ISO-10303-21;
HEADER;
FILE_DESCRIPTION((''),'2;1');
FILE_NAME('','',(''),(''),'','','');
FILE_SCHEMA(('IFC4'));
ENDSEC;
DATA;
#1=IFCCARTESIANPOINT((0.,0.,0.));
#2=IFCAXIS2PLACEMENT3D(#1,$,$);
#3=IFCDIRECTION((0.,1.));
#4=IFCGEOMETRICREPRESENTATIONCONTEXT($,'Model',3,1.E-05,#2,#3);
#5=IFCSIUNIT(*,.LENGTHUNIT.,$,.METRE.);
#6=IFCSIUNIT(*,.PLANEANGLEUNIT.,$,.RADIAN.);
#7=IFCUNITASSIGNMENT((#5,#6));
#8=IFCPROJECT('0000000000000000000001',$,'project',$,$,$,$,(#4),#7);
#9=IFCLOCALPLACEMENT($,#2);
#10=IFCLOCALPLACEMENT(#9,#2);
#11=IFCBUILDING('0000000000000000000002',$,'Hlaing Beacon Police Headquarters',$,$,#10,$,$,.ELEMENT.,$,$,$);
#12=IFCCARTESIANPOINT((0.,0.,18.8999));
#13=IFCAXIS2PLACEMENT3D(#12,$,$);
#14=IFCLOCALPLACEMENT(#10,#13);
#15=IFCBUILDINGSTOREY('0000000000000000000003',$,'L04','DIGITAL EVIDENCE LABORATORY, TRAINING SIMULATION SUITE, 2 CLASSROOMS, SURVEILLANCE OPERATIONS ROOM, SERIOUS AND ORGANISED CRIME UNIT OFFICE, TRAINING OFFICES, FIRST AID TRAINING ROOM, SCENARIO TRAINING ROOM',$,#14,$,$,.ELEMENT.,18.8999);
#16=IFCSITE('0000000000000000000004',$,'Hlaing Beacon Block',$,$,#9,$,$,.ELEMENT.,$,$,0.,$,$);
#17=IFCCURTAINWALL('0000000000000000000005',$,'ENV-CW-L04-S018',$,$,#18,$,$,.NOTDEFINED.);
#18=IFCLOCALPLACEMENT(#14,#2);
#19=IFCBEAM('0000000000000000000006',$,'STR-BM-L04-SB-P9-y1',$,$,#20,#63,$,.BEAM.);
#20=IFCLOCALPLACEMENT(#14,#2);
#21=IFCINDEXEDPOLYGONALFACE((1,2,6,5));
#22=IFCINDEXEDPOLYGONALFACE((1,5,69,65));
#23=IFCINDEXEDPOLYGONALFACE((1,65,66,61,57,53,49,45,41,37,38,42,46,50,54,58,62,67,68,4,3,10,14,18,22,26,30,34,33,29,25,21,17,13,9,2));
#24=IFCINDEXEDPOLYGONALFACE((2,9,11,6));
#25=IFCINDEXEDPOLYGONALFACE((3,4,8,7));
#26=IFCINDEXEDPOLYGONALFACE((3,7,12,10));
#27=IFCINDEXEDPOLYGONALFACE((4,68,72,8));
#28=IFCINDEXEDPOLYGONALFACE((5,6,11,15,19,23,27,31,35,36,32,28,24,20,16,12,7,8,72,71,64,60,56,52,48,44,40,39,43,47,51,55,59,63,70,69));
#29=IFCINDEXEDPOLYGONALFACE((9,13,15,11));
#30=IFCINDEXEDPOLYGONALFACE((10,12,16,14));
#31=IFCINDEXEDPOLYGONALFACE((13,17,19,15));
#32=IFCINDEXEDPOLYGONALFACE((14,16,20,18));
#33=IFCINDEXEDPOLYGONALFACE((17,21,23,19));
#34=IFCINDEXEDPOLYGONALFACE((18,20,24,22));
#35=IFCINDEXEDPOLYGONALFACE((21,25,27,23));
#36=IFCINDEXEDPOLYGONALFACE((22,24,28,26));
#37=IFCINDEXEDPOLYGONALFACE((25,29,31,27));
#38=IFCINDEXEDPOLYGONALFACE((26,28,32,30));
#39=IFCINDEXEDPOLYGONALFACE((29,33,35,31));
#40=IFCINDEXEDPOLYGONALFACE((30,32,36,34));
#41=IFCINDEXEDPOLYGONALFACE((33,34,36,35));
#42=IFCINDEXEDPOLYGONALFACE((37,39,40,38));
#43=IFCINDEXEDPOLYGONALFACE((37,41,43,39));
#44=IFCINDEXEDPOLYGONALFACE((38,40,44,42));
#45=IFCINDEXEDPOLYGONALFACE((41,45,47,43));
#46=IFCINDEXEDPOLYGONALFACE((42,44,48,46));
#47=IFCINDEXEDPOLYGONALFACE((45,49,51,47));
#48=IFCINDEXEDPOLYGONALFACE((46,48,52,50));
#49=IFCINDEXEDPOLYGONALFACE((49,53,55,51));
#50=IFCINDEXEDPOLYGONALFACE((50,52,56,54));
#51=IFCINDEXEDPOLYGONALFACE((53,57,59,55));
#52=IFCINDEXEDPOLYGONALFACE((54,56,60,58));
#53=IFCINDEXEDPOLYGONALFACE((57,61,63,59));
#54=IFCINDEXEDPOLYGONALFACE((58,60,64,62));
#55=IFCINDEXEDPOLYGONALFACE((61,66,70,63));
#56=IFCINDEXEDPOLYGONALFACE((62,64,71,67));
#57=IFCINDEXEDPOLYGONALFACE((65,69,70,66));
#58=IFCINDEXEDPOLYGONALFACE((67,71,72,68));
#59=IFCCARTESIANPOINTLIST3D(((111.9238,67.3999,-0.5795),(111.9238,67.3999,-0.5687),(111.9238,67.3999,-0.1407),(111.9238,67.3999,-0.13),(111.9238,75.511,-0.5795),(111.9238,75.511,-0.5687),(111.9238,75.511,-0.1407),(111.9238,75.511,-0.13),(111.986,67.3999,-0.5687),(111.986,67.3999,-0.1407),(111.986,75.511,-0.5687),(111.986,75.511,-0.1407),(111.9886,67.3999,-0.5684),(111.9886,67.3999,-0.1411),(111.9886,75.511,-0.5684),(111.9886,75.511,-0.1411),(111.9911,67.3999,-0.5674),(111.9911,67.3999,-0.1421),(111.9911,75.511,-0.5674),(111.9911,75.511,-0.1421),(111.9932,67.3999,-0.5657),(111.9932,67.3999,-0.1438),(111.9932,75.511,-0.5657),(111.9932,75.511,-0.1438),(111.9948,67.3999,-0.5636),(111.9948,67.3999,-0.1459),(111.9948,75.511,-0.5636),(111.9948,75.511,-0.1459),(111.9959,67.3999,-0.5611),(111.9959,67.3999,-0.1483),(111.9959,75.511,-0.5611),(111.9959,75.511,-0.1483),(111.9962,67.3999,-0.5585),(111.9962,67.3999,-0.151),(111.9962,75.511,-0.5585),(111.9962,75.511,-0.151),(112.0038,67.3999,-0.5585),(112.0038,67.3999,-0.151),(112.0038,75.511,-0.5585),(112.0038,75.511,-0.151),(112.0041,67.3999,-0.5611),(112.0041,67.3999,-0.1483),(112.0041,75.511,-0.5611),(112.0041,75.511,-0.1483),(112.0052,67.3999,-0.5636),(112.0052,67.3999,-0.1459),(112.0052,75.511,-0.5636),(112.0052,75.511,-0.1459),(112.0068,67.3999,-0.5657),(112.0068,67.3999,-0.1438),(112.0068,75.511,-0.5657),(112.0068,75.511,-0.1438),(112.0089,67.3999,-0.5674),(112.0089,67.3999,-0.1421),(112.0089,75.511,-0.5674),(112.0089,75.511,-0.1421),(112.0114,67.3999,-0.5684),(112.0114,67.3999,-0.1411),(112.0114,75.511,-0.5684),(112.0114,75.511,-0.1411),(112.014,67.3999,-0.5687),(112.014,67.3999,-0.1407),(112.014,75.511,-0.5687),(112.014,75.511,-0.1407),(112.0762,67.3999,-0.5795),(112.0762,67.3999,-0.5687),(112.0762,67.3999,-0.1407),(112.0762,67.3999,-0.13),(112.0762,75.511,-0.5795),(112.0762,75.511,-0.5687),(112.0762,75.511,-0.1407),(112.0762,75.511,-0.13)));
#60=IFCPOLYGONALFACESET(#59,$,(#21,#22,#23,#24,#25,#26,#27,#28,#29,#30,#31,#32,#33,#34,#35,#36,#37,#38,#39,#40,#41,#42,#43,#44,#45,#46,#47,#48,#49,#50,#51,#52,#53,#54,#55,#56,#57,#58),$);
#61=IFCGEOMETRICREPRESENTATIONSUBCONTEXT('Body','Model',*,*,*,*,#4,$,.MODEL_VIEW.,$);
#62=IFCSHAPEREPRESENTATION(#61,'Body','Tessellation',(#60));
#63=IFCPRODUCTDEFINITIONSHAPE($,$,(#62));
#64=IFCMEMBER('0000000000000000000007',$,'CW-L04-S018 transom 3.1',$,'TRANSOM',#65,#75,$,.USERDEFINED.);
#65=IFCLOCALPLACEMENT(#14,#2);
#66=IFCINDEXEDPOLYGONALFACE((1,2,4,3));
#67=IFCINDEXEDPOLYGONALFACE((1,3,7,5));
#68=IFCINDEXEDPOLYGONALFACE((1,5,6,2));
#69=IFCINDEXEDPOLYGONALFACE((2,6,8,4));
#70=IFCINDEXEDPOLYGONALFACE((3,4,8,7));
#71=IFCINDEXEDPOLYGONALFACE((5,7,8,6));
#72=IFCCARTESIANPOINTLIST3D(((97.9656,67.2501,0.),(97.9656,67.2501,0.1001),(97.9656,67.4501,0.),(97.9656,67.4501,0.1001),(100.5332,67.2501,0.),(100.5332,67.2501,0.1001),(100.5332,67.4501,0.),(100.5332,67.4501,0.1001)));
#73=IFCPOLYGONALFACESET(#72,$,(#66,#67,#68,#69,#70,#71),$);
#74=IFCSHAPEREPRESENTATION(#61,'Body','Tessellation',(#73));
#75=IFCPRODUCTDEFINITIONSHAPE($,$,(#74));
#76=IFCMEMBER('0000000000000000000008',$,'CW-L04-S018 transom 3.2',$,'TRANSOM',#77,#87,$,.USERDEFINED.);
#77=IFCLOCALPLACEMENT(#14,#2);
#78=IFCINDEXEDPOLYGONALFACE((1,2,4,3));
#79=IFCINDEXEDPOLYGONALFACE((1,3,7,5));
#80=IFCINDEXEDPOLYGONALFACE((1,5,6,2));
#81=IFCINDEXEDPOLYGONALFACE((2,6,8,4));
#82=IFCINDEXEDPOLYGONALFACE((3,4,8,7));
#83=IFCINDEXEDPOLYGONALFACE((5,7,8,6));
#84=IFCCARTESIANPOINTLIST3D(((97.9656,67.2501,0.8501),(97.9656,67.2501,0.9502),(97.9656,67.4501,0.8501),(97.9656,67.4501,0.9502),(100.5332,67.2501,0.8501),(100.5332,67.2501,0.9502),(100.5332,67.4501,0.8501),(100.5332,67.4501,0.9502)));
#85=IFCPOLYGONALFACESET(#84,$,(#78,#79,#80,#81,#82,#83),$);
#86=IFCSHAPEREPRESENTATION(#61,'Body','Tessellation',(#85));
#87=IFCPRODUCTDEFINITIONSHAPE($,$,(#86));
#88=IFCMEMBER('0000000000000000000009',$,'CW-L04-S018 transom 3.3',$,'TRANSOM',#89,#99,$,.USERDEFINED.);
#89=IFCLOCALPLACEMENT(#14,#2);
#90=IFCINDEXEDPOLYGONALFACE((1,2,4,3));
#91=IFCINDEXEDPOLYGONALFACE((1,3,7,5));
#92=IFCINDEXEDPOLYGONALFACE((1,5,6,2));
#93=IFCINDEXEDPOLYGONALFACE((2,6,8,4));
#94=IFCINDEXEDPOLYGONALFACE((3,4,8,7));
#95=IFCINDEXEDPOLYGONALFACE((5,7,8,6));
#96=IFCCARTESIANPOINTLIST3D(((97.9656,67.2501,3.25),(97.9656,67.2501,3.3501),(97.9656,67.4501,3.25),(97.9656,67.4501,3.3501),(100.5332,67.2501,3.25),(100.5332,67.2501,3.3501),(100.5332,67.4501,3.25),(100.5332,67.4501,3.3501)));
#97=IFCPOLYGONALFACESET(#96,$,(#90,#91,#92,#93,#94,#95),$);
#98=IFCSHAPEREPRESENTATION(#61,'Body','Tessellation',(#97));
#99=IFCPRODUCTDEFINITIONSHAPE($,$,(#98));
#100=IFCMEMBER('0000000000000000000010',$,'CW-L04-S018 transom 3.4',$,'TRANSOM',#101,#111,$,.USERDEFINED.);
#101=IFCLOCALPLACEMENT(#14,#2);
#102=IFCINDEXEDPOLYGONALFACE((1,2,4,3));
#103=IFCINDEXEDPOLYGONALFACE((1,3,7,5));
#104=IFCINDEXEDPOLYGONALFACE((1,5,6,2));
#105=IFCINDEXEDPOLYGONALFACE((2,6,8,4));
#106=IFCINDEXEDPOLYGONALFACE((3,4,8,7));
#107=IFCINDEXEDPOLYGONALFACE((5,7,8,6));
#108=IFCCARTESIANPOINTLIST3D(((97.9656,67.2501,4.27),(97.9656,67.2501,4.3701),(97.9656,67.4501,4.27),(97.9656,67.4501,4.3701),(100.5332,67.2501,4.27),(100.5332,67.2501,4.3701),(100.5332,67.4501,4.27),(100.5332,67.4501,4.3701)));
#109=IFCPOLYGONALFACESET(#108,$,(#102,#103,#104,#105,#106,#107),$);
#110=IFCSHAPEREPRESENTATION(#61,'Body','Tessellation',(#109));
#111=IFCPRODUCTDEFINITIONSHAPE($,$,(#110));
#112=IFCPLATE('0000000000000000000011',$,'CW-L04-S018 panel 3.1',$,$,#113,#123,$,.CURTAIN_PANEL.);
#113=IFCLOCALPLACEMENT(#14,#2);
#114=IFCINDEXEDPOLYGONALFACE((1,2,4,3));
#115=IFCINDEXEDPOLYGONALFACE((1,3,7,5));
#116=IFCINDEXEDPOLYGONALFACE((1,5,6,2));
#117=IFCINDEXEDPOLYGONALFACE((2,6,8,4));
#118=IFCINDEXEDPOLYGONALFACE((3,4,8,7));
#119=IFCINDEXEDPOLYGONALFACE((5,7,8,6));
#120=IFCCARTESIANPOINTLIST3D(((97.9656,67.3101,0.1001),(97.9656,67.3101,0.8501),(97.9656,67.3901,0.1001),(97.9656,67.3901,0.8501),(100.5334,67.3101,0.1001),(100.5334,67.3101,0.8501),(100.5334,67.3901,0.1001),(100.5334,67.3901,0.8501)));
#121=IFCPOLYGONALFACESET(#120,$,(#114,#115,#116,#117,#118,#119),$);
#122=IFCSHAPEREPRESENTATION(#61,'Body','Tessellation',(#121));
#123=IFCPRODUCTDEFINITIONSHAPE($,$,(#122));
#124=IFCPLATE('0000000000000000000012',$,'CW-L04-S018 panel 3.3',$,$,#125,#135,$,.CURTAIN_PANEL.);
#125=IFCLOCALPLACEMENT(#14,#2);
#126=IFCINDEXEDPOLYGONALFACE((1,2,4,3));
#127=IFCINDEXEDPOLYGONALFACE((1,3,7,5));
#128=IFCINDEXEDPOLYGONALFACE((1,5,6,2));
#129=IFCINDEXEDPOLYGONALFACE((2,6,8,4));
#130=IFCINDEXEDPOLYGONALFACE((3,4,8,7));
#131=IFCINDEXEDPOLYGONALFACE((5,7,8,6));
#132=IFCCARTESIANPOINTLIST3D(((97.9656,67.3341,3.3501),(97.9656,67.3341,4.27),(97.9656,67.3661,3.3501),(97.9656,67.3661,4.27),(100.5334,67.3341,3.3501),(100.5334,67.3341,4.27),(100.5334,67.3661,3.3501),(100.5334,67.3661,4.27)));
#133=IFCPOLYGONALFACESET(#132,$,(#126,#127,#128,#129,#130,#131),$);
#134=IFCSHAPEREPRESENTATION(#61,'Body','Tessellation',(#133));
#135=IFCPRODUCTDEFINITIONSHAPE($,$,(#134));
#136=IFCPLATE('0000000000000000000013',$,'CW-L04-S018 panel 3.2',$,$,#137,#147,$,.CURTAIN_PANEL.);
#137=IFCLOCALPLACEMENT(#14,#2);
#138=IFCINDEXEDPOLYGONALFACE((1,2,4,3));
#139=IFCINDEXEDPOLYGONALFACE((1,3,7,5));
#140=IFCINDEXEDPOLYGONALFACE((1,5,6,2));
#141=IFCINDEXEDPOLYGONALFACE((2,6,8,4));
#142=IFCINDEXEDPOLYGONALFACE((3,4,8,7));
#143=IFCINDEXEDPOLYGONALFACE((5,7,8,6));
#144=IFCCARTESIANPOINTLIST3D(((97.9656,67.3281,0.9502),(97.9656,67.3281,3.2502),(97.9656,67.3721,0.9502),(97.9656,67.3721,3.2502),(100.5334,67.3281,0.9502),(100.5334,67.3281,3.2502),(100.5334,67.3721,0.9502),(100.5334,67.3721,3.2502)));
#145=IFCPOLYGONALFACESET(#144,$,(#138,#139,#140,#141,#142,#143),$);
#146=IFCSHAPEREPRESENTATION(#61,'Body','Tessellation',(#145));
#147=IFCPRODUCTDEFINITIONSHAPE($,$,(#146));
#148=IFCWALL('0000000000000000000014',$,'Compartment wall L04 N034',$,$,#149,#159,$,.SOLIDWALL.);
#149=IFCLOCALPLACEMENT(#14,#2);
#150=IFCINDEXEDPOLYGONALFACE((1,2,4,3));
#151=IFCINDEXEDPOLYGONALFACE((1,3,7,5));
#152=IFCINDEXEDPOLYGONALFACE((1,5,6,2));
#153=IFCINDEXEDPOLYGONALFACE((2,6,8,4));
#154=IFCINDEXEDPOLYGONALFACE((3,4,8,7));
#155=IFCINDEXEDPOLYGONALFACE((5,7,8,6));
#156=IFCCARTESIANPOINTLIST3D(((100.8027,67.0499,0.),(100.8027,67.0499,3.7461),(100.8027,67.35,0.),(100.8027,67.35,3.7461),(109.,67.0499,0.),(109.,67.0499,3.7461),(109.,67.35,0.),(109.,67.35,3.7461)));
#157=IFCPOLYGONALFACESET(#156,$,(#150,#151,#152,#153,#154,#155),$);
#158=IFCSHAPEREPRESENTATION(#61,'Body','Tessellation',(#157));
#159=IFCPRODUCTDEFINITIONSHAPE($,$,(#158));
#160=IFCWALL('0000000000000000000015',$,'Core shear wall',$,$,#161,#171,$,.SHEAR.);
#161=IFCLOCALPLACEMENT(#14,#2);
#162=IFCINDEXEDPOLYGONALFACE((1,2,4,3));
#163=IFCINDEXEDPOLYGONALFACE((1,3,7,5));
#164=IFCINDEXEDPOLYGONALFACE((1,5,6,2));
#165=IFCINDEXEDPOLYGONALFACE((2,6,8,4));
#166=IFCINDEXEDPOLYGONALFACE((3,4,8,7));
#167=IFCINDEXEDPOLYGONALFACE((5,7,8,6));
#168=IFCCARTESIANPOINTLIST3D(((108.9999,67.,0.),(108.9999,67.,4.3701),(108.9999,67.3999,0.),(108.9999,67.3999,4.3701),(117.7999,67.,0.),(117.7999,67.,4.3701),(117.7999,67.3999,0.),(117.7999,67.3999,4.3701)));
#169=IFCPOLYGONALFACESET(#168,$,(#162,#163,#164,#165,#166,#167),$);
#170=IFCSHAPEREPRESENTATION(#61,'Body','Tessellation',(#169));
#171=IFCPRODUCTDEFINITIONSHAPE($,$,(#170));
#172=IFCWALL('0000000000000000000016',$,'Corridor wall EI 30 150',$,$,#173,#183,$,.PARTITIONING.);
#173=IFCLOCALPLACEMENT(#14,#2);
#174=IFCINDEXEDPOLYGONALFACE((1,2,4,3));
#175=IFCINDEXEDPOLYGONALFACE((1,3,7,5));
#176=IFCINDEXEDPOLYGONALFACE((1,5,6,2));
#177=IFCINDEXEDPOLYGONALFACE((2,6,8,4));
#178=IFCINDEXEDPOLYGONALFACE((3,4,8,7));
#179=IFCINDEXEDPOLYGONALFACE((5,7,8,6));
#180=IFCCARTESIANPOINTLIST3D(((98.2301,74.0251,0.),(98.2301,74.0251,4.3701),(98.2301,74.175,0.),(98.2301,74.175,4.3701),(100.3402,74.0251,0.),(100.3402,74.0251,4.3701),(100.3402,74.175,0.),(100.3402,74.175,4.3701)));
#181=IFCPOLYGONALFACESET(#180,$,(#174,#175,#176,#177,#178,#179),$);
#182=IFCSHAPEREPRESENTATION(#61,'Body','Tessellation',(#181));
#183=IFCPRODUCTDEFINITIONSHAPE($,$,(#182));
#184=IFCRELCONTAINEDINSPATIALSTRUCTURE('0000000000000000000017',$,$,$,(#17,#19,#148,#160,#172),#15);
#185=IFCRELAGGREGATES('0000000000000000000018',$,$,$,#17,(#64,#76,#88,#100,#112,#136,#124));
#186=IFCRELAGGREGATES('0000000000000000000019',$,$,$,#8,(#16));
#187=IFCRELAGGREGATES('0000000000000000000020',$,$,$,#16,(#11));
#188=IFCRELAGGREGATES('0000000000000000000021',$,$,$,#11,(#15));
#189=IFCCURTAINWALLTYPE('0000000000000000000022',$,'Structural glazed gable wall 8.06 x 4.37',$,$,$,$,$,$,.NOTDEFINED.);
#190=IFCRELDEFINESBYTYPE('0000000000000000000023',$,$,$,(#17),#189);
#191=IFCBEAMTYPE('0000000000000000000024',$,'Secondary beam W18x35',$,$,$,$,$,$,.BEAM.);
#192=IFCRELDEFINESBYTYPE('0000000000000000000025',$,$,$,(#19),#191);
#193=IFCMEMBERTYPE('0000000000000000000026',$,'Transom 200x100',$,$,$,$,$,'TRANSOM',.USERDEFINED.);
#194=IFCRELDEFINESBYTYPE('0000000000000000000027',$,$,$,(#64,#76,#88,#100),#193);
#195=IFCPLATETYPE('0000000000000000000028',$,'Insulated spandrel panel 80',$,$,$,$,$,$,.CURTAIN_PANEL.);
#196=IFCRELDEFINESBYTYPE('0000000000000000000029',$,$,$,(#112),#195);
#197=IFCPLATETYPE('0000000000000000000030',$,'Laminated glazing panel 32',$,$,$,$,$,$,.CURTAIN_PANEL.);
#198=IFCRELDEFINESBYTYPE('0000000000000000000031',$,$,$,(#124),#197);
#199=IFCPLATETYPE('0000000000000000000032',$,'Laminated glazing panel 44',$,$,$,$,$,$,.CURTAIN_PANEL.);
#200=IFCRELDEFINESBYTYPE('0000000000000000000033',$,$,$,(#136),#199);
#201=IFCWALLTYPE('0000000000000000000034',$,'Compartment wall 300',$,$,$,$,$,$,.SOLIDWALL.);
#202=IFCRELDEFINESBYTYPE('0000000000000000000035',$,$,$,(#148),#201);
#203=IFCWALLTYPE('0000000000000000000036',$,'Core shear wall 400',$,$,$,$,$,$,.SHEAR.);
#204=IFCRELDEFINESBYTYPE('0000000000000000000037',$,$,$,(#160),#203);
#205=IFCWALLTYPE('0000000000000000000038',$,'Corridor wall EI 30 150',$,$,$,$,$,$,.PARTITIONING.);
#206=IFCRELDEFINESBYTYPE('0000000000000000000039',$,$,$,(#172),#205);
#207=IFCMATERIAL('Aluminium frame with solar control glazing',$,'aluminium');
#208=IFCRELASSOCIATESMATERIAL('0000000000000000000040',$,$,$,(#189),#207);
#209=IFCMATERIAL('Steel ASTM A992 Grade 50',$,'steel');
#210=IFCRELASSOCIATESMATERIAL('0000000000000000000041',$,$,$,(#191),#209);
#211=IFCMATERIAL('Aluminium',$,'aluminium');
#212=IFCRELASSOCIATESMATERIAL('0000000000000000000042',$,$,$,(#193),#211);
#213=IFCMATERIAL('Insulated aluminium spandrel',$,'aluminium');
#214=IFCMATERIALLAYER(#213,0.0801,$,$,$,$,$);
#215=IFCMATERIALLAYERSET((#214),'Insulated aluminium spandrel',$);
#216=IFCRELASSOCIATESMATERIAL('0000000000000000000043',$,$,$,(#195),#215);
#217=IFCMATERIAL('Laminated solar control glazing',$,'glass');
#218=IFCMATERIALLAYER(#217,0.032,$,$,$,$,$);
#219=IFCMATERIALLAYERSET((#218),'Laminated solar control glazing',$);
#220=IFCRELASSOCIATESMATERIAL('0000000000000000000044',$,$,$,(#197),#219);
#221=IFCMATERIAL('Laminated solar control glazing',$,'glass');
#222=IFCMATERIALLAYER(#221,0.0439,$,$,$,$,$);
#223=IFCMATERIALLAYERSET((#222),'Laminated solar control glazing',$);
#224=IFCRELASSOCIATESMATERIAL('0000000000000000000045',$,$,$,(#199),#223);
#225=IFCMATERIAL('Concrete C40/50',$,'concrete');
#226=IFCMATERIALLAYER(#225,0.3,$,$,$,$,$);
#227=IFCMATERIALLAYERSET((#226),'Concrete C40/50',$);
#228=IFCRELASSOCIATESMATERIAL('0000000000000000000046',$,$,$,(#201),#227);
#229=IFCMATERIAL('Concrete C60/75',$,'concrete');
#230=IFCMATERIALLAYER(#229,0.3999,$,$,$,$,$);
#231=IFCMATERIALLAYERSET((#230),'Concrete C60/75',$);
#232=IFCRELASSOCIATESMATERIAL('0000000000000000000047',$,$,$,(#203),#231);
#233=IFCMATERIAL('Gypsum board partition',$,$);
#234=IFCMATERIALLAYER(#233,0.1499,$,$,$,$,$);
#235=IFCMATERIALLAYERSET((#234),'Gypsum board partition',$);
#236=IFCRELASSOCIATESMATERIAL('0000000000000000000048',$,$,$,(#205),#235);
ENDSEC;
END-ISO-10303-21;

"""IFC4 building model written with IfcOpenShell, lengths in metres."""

from ifc_helpers import new_model, si_unit, direction, frame, frame_2d, origin, origin_2d, place, context, subcontext, project, spatial, rectangle, i_section, extrude, material, layer, layer_set, material_profile, profile_set, type_object, element, aggregate, save


model = new_model("IFC4")

# Units and contexts
model_context = context("Model", 3, precision=1e-05, world=origin(), true_north=direction((0.0, 1.0)))
body_context = subcontext(model_context, "Body", "Model", "MODEL_VIEW")
ifc_project = project(units=[si_unit("LENGTHUNIT", "METRE"), si_unit("PLANEANGLEUNIT", "RADIAN")], contexts=[model_context])

# Site, building, storey
site_placement = place(None, origin())
site = spatial("IfcSite", under=ifc_project, at=site_placement, Name="Hlaing Beacon Block", CompositionType="ELEMENT", RefElevation=0.0)
building_placement = place(site_placement, origin())
building = spatial("IfcBuilding", under=site, at=building_placement, Name="Hlaing Beacon Police Headquarters", CompositionType="ELEMENT")
storey_placement = place(building_placement, frame((0.0, 0.0, 18.8999)))
storey = spatial("IfcBuildingStorey", under=building, at=storey_placement, Name="L04", Description="DIGITAL EVIDENCE LABORATORY, TRAINING SIMULATION SUITE, 2 CLASSROOMS, SURVEILLANCE OPERATIONS ROOM, SERIOUS AND ORGANISED CRIME UNIT OFFICE, TRAINING OFFICES, FIRST AID TRAINING ROOM, SCENARIO TRAINING ROOM", CompositionType="ELEMENT", Elevation=18.8999)

# Curtain wall
ifc_material_1 = material(Name="Aluminium frame with solar control glazing", Category="aluminium")
curtain_wall_type = type_object("IfcCurtainWallType", Name="Structural glazed gable wall 8.06 x 4.37", PredefinedType="NOTDEFINED", material=ifc_material_1)
curtain_wall_placement = place(storey_placement, origin())
curtain_wall = element("IfcCurtainWall", 1, at=curtain_wall_placement, inside=storey, type_object=curtain_wall_type, Name="ENV-CW-L04-S018", PredefinedType="NOTDEFINED")

# Beam
ifc_material_2 = material(Name="Steel ASTM A992 Grade 50", Category="steel")
ifc_material_profile_1 = material_profile(ifc_material_2, i_section(OverallWidth=0.1523, OverallDepth=0.4495, WebThickness=0.0076, FlangeThickness=0.0107, FilletRadius=0.0103, at=origin_2d()), Name="W18x35")
ifc_profile_set_1 = profile_set([ifc_material_profile_1], Name="Steel ASTM A992 Grade 50")
beam_type_1 = type_object("IfcBeamType", Name="Secondary beam W18x35", PredefinedType="BEAM", material=ifc_profile_set_1)
beam_1_placement = place(storey_placement, frame((112.0, 67.3999, -0.3547), z_axis=(0.0, 1.0, 0.0), x_axis=(-1.0, 0.0, 0.0)))
element("IfcBeam", 2, at=beam_1_placement, inside=storey, type_object=beam_type_1, Name="STR-BM-L04-SB-P9-y1", PredefinedType="BEAM", context=body_context, shape_type="SweptSolid", body=[
    extrude(i_section(OverallWidth=0.1523, OverallDepth=0.4495, WebThickness=0.0076, FlangeThickness=0.0107, FilletRadius=0.0103, at=origin_2d()), origin(), (0.0, 0.0, 1.0), 8.1111),
])

# Members
ifc_material_3 = material(Name="Aluminium", Category="aluminium")
ifc_material_profile_2 = material_profile(ifc_material_3, rectangle(XDim=0.2, YDim=0.1001, at=origin_2d()), Name="Transom 200x100")
ifc_profile_set_2 = profile_set([ifc_material_profile_2], Name="Aluminium")
member_type_1 = type_object("IfcMemberType", Name="Transom 200x100", ElementType="TRANSOM", PredefinedType="USERDEFINED", material=ifc_profile_set_2)
member_1_placement = place(storey_placement, frame((97.9656, 67.3501, 0.05), z_axis=(1.0, 0.0, 0.0), x_axis=(0.0, 1.0, 0.0)))
member_1 = element("IfcMember", 3, at=member_1_placement, type_object=member_type_1, Name="CW-L04-S018 transom 3.1", ObjectType="TRANSOM", PredefinedType="USERDEFINED", context=body_context, shape_type="SweptSolid", body=[
    extrude(rectangle(XDim=0.2, YDim=0.1001, at=origin_2d()), origin(), (0.0, 0.0, 1.0), 2.5676),
])
member_2_placement = place(storey_placement, frame((97.9656, 67.3501, 0.9001), z_axis=(1.0, 0.0, 0.0), x_axis=(0.0, 1.0, 0.0)))
member_2 = element("IfcMember", 4, at=member_2_placement, type_object=member_type_1, Name="CW-L04-S018 transom 3.2", ObjectType="TRANSOM", PredefinedType="USERDEFINED", context=body_context, shape_type="SweptSolid", body=[
    extrude(rectangle(XDim=0.2, YDim=0.1001, at=origin_2d()), origin(), (0.0, 0.0, 1.0), 2.5676),
])
member_3_placement = place(storey_placement, frame((97.9656, 67.3501, 3.3), z_axis=(1.0, 0.0, 0.0), x_axis=(0.0, 1.0, 0.0)))
member_3 = element("IfcMember", 5, at=member_3_placement, type_object=member_type_1, Name="CW-L04-S018 transom 3.3", ObjectType="TRANSOM", PredefinedType="USERDEFINED", context=body_context, shape_type="SweptSolid", body=[
    extrude(rectangle(XDim=0.2, YDim=0.1001, at=origin_2d()), origin(), (0.0, 0.0, 1.0), 2.5676),
])
member_4_placement = place(storey_placement, frame((97.9656, 67.3501, 4.3201), z_axis=(1.0, 0.0, 0.0), x_axis=(0.0, 1.0, 0.0)))
member_4 = element("IfcMember", 6, at=member_4_placement, type_object=member_type_1, Name="CW-L04-S018 transom 3.4", ObjectType="TRANSOM", PredefinedType="USERDEFINED", context=body_context, shape_type="SweptSolid", body=[
    extrude(rectangle(XDim=0.2, YDim=0.1001, at=origin_2d()), origin(), (0.0, 0.0, 1.0), 2.5676),
])

# Plates
ifc_material_4 = material(Name="Insulated aluminium spandrel", Category="aluminium")
ifc_layer_1 = layer(ifc_material_4, 0.0801)
ifc_layer_set_1 = layer_set([ifc_layer_1], Name="Insulated aluminium spandrel")
plate_type_1 = type_object("IfcPlateType", Name="Insulated spandrel panel 80", PredefinedType="CURTAIN_PANEL", material=ifc_layer_set_1)
plate_1_placement = place(storey_placement, frame((99.2495, 67.3501, 0.1001), z_axis=(0.0, 0.0, 1.0), x_axis=(1.0, 0.0, 0.0)))
plate_1 = element("IfcPlate", 7, at=plate_1_placement, type_object=plate_type_1, Name="CW-L04-S018 panel 3.1", PredefinedType="CURTAIN_PANEL", context=body_context, shape_type="SweptSolid", body=[
    extrude(rectangle(XDim=2.5679, YDim=0.0801, at=origin_2d()), origin(), (0.0, 0.0, 1.0), 0.75),
])
ifc_material_5 = material(Name="Laminated solar control glazing", Category="glass")
ifc_layer_2 = layer(ifc_material_5, 0.032)
ifc_layer_set_2 = layer_set([ifc_layer_2], Name="Laminated solar control glazing")
plate_type_2 = type_object("IfcPlateType", Name="Laminated glazing panel 32", PredefinedType="CURTAIN_PANEL", material=ifc_layer_set_2)
plate_2_placement = place(storey_placement, frame((99.2495, 67.3501, 3.3501), z_axis=(0.0, 0.0, 1.0), x_axis=(1.0, 0.0, 0.0)))
plate_2 = element("IfcPlate", 8, at=plate_2_placement, type_object=plate_type_2, Name="CW-L04-S018 panel 3.3", PredefinedType="CURTAIN_PANEL", context=body_context, shape_type="SweptSolid", body=[
    extrude(rectangle(XDim=2.5679, YDim=0.032, at=origin_2d()), origin(), (0.0, 0.0, 1.0), 0.9199),
])
ifc_material_6 = material(Name="Laminated solar control glazing", Category="glass")
ifc_layer_3 = layer(ifc_material_6, 0.0439)
ifc_layer_set_3 = layer_set([ifc_layer_3], Name="Laminated solar control glazing")
plate_type_3 = type_object("IfcPlateType", Name="Laminated glazing panel 44", PredefinedType="CURTAIN_PANEL", material=ifc_layer_set_3)
plate_3_placement = place(storey_placement, frame((99.2495, 67.3501, 0.9502), z_axis=(0.0, 0.0, 1.0), x_axis=(1.0, 0.0, 0.0)))
plate_3 = element("IfcPlate", 9, at=plate_3_placement, type_object=plate_type_3, Name="CW-L04-S018 panel 3.2", PredefinedType="CURTAIN_PANEL", context=body_context, shape_type="SweptSolid", body=[
    extrude(rectangle(XDim=2.5679, YDim=0.0439, at=origin_2d()), origin(), (0.0, 0.0, 1.0), 2.3),
])
aggregate(curtain_wall, [member_1, member_2, member_3, member_4, plate_1, plate_3, plate_2])

# Walls
ifc_material_7 = material(Name="Concrete C40/50", Category="concrete")
ifc_layer_4 = layer(ifc_material_7, 0.3)
ifc_layer_set_4 = layer_set([ifc_layer_4], Name="Concrete C40/50")
wall_type_1 = type_object("IfcWallType", Name="Compartment wall 300", PredefinedType="SOLIDWALL", material=ifc_layer_set_4)
wall_1_placement = place(storey_placement, frame((109.0, 67.2, 0.0), z_axis=(0.0, 0.0, 1.0), x_axis=(-1.0, 0.0, 0.0)))
element("IfcWall", 10, at=wall_1_placement, inside=storey, type_object=wall_type_1, Name="Compartment wall L04 N034", PredefinedType="SOLIDWALL", context=body_context, shape_type="SweptSolid", body=[
    extrude(rectangle(XDim=8.1973, YDim=0.3, at=frame_2d((4.0986, 0.0))), origin(), (0.0, 0.0, 1.0), 3.7461),
])
ifc_material_8 = material(Name="Concrete C60/75", Category="concrete")
ifc_layer_5 = layer(ifc_material_8, 0.3999)
ifc_layer_set_5 = layer_set([ifc_layer_5], Name="Concrete C60/75")
wall_type_2 = type_object("IfcWallType", Name="Core shear wall 400", PredefinedType="SHEAR", material=ifc_layer_set_5)
wall_2_placement = place(storey_placement, frame((109.0, 67.2, 0.0), z_axis=(0.0, 0.0, 1.0), x_axis=(1.0, 0.0, 0.0)))
element("IfcWall", 11, at=wall_2_placement, inside=storey, type_object=wall_type_2, Name="Core shear wall", PredefinedType="SHEAR", context=body_context, shape_type="SweptSolid", body=[
    extrude(rectangle(XDim=8.8, YDim=0.3999, at=frame_2d((4.3999, 0.0))), origin(), (0.0, 0.0, 1.0), 4.3701),
])
ifc_material_9 = material(Name="Gypsum board partition")
ifc_layer_6 = layer(ifc_material_9, 0.1499)
ifc_layer_set_6 = layer_set([ifc_layer_6], Name="Gypsum board partition")
wall_type_3 = type_object("IfcWallType", Name="Corridor wall EI 30 150", PredefinedType="PARTITIONING", material=ifc_layer_set_6)
wall_3_placement = place(storey_placement, frame((98.23, 74.1001, 0.0), z_axis=(0.0, 0.0, 1.0), x_axis=(1.0, 0.0, 0.0)))
element("IfcWall", 12, at=wall_3_placement, inside=storey, type_object=wall_type_3, Name="Corridor wall EI 30 150", PredefinedType="PARTITIONING", context=body_context, shape_type="SweptSolid", body=[
    extrude(rectangle(XDim=2.1101, YDim=0.1499, at=frame_2d((1.0552, 0.0))), origin(), (0.0, 0.0, 1.0), 4.3701),
])

save(model, "model.ifc")
